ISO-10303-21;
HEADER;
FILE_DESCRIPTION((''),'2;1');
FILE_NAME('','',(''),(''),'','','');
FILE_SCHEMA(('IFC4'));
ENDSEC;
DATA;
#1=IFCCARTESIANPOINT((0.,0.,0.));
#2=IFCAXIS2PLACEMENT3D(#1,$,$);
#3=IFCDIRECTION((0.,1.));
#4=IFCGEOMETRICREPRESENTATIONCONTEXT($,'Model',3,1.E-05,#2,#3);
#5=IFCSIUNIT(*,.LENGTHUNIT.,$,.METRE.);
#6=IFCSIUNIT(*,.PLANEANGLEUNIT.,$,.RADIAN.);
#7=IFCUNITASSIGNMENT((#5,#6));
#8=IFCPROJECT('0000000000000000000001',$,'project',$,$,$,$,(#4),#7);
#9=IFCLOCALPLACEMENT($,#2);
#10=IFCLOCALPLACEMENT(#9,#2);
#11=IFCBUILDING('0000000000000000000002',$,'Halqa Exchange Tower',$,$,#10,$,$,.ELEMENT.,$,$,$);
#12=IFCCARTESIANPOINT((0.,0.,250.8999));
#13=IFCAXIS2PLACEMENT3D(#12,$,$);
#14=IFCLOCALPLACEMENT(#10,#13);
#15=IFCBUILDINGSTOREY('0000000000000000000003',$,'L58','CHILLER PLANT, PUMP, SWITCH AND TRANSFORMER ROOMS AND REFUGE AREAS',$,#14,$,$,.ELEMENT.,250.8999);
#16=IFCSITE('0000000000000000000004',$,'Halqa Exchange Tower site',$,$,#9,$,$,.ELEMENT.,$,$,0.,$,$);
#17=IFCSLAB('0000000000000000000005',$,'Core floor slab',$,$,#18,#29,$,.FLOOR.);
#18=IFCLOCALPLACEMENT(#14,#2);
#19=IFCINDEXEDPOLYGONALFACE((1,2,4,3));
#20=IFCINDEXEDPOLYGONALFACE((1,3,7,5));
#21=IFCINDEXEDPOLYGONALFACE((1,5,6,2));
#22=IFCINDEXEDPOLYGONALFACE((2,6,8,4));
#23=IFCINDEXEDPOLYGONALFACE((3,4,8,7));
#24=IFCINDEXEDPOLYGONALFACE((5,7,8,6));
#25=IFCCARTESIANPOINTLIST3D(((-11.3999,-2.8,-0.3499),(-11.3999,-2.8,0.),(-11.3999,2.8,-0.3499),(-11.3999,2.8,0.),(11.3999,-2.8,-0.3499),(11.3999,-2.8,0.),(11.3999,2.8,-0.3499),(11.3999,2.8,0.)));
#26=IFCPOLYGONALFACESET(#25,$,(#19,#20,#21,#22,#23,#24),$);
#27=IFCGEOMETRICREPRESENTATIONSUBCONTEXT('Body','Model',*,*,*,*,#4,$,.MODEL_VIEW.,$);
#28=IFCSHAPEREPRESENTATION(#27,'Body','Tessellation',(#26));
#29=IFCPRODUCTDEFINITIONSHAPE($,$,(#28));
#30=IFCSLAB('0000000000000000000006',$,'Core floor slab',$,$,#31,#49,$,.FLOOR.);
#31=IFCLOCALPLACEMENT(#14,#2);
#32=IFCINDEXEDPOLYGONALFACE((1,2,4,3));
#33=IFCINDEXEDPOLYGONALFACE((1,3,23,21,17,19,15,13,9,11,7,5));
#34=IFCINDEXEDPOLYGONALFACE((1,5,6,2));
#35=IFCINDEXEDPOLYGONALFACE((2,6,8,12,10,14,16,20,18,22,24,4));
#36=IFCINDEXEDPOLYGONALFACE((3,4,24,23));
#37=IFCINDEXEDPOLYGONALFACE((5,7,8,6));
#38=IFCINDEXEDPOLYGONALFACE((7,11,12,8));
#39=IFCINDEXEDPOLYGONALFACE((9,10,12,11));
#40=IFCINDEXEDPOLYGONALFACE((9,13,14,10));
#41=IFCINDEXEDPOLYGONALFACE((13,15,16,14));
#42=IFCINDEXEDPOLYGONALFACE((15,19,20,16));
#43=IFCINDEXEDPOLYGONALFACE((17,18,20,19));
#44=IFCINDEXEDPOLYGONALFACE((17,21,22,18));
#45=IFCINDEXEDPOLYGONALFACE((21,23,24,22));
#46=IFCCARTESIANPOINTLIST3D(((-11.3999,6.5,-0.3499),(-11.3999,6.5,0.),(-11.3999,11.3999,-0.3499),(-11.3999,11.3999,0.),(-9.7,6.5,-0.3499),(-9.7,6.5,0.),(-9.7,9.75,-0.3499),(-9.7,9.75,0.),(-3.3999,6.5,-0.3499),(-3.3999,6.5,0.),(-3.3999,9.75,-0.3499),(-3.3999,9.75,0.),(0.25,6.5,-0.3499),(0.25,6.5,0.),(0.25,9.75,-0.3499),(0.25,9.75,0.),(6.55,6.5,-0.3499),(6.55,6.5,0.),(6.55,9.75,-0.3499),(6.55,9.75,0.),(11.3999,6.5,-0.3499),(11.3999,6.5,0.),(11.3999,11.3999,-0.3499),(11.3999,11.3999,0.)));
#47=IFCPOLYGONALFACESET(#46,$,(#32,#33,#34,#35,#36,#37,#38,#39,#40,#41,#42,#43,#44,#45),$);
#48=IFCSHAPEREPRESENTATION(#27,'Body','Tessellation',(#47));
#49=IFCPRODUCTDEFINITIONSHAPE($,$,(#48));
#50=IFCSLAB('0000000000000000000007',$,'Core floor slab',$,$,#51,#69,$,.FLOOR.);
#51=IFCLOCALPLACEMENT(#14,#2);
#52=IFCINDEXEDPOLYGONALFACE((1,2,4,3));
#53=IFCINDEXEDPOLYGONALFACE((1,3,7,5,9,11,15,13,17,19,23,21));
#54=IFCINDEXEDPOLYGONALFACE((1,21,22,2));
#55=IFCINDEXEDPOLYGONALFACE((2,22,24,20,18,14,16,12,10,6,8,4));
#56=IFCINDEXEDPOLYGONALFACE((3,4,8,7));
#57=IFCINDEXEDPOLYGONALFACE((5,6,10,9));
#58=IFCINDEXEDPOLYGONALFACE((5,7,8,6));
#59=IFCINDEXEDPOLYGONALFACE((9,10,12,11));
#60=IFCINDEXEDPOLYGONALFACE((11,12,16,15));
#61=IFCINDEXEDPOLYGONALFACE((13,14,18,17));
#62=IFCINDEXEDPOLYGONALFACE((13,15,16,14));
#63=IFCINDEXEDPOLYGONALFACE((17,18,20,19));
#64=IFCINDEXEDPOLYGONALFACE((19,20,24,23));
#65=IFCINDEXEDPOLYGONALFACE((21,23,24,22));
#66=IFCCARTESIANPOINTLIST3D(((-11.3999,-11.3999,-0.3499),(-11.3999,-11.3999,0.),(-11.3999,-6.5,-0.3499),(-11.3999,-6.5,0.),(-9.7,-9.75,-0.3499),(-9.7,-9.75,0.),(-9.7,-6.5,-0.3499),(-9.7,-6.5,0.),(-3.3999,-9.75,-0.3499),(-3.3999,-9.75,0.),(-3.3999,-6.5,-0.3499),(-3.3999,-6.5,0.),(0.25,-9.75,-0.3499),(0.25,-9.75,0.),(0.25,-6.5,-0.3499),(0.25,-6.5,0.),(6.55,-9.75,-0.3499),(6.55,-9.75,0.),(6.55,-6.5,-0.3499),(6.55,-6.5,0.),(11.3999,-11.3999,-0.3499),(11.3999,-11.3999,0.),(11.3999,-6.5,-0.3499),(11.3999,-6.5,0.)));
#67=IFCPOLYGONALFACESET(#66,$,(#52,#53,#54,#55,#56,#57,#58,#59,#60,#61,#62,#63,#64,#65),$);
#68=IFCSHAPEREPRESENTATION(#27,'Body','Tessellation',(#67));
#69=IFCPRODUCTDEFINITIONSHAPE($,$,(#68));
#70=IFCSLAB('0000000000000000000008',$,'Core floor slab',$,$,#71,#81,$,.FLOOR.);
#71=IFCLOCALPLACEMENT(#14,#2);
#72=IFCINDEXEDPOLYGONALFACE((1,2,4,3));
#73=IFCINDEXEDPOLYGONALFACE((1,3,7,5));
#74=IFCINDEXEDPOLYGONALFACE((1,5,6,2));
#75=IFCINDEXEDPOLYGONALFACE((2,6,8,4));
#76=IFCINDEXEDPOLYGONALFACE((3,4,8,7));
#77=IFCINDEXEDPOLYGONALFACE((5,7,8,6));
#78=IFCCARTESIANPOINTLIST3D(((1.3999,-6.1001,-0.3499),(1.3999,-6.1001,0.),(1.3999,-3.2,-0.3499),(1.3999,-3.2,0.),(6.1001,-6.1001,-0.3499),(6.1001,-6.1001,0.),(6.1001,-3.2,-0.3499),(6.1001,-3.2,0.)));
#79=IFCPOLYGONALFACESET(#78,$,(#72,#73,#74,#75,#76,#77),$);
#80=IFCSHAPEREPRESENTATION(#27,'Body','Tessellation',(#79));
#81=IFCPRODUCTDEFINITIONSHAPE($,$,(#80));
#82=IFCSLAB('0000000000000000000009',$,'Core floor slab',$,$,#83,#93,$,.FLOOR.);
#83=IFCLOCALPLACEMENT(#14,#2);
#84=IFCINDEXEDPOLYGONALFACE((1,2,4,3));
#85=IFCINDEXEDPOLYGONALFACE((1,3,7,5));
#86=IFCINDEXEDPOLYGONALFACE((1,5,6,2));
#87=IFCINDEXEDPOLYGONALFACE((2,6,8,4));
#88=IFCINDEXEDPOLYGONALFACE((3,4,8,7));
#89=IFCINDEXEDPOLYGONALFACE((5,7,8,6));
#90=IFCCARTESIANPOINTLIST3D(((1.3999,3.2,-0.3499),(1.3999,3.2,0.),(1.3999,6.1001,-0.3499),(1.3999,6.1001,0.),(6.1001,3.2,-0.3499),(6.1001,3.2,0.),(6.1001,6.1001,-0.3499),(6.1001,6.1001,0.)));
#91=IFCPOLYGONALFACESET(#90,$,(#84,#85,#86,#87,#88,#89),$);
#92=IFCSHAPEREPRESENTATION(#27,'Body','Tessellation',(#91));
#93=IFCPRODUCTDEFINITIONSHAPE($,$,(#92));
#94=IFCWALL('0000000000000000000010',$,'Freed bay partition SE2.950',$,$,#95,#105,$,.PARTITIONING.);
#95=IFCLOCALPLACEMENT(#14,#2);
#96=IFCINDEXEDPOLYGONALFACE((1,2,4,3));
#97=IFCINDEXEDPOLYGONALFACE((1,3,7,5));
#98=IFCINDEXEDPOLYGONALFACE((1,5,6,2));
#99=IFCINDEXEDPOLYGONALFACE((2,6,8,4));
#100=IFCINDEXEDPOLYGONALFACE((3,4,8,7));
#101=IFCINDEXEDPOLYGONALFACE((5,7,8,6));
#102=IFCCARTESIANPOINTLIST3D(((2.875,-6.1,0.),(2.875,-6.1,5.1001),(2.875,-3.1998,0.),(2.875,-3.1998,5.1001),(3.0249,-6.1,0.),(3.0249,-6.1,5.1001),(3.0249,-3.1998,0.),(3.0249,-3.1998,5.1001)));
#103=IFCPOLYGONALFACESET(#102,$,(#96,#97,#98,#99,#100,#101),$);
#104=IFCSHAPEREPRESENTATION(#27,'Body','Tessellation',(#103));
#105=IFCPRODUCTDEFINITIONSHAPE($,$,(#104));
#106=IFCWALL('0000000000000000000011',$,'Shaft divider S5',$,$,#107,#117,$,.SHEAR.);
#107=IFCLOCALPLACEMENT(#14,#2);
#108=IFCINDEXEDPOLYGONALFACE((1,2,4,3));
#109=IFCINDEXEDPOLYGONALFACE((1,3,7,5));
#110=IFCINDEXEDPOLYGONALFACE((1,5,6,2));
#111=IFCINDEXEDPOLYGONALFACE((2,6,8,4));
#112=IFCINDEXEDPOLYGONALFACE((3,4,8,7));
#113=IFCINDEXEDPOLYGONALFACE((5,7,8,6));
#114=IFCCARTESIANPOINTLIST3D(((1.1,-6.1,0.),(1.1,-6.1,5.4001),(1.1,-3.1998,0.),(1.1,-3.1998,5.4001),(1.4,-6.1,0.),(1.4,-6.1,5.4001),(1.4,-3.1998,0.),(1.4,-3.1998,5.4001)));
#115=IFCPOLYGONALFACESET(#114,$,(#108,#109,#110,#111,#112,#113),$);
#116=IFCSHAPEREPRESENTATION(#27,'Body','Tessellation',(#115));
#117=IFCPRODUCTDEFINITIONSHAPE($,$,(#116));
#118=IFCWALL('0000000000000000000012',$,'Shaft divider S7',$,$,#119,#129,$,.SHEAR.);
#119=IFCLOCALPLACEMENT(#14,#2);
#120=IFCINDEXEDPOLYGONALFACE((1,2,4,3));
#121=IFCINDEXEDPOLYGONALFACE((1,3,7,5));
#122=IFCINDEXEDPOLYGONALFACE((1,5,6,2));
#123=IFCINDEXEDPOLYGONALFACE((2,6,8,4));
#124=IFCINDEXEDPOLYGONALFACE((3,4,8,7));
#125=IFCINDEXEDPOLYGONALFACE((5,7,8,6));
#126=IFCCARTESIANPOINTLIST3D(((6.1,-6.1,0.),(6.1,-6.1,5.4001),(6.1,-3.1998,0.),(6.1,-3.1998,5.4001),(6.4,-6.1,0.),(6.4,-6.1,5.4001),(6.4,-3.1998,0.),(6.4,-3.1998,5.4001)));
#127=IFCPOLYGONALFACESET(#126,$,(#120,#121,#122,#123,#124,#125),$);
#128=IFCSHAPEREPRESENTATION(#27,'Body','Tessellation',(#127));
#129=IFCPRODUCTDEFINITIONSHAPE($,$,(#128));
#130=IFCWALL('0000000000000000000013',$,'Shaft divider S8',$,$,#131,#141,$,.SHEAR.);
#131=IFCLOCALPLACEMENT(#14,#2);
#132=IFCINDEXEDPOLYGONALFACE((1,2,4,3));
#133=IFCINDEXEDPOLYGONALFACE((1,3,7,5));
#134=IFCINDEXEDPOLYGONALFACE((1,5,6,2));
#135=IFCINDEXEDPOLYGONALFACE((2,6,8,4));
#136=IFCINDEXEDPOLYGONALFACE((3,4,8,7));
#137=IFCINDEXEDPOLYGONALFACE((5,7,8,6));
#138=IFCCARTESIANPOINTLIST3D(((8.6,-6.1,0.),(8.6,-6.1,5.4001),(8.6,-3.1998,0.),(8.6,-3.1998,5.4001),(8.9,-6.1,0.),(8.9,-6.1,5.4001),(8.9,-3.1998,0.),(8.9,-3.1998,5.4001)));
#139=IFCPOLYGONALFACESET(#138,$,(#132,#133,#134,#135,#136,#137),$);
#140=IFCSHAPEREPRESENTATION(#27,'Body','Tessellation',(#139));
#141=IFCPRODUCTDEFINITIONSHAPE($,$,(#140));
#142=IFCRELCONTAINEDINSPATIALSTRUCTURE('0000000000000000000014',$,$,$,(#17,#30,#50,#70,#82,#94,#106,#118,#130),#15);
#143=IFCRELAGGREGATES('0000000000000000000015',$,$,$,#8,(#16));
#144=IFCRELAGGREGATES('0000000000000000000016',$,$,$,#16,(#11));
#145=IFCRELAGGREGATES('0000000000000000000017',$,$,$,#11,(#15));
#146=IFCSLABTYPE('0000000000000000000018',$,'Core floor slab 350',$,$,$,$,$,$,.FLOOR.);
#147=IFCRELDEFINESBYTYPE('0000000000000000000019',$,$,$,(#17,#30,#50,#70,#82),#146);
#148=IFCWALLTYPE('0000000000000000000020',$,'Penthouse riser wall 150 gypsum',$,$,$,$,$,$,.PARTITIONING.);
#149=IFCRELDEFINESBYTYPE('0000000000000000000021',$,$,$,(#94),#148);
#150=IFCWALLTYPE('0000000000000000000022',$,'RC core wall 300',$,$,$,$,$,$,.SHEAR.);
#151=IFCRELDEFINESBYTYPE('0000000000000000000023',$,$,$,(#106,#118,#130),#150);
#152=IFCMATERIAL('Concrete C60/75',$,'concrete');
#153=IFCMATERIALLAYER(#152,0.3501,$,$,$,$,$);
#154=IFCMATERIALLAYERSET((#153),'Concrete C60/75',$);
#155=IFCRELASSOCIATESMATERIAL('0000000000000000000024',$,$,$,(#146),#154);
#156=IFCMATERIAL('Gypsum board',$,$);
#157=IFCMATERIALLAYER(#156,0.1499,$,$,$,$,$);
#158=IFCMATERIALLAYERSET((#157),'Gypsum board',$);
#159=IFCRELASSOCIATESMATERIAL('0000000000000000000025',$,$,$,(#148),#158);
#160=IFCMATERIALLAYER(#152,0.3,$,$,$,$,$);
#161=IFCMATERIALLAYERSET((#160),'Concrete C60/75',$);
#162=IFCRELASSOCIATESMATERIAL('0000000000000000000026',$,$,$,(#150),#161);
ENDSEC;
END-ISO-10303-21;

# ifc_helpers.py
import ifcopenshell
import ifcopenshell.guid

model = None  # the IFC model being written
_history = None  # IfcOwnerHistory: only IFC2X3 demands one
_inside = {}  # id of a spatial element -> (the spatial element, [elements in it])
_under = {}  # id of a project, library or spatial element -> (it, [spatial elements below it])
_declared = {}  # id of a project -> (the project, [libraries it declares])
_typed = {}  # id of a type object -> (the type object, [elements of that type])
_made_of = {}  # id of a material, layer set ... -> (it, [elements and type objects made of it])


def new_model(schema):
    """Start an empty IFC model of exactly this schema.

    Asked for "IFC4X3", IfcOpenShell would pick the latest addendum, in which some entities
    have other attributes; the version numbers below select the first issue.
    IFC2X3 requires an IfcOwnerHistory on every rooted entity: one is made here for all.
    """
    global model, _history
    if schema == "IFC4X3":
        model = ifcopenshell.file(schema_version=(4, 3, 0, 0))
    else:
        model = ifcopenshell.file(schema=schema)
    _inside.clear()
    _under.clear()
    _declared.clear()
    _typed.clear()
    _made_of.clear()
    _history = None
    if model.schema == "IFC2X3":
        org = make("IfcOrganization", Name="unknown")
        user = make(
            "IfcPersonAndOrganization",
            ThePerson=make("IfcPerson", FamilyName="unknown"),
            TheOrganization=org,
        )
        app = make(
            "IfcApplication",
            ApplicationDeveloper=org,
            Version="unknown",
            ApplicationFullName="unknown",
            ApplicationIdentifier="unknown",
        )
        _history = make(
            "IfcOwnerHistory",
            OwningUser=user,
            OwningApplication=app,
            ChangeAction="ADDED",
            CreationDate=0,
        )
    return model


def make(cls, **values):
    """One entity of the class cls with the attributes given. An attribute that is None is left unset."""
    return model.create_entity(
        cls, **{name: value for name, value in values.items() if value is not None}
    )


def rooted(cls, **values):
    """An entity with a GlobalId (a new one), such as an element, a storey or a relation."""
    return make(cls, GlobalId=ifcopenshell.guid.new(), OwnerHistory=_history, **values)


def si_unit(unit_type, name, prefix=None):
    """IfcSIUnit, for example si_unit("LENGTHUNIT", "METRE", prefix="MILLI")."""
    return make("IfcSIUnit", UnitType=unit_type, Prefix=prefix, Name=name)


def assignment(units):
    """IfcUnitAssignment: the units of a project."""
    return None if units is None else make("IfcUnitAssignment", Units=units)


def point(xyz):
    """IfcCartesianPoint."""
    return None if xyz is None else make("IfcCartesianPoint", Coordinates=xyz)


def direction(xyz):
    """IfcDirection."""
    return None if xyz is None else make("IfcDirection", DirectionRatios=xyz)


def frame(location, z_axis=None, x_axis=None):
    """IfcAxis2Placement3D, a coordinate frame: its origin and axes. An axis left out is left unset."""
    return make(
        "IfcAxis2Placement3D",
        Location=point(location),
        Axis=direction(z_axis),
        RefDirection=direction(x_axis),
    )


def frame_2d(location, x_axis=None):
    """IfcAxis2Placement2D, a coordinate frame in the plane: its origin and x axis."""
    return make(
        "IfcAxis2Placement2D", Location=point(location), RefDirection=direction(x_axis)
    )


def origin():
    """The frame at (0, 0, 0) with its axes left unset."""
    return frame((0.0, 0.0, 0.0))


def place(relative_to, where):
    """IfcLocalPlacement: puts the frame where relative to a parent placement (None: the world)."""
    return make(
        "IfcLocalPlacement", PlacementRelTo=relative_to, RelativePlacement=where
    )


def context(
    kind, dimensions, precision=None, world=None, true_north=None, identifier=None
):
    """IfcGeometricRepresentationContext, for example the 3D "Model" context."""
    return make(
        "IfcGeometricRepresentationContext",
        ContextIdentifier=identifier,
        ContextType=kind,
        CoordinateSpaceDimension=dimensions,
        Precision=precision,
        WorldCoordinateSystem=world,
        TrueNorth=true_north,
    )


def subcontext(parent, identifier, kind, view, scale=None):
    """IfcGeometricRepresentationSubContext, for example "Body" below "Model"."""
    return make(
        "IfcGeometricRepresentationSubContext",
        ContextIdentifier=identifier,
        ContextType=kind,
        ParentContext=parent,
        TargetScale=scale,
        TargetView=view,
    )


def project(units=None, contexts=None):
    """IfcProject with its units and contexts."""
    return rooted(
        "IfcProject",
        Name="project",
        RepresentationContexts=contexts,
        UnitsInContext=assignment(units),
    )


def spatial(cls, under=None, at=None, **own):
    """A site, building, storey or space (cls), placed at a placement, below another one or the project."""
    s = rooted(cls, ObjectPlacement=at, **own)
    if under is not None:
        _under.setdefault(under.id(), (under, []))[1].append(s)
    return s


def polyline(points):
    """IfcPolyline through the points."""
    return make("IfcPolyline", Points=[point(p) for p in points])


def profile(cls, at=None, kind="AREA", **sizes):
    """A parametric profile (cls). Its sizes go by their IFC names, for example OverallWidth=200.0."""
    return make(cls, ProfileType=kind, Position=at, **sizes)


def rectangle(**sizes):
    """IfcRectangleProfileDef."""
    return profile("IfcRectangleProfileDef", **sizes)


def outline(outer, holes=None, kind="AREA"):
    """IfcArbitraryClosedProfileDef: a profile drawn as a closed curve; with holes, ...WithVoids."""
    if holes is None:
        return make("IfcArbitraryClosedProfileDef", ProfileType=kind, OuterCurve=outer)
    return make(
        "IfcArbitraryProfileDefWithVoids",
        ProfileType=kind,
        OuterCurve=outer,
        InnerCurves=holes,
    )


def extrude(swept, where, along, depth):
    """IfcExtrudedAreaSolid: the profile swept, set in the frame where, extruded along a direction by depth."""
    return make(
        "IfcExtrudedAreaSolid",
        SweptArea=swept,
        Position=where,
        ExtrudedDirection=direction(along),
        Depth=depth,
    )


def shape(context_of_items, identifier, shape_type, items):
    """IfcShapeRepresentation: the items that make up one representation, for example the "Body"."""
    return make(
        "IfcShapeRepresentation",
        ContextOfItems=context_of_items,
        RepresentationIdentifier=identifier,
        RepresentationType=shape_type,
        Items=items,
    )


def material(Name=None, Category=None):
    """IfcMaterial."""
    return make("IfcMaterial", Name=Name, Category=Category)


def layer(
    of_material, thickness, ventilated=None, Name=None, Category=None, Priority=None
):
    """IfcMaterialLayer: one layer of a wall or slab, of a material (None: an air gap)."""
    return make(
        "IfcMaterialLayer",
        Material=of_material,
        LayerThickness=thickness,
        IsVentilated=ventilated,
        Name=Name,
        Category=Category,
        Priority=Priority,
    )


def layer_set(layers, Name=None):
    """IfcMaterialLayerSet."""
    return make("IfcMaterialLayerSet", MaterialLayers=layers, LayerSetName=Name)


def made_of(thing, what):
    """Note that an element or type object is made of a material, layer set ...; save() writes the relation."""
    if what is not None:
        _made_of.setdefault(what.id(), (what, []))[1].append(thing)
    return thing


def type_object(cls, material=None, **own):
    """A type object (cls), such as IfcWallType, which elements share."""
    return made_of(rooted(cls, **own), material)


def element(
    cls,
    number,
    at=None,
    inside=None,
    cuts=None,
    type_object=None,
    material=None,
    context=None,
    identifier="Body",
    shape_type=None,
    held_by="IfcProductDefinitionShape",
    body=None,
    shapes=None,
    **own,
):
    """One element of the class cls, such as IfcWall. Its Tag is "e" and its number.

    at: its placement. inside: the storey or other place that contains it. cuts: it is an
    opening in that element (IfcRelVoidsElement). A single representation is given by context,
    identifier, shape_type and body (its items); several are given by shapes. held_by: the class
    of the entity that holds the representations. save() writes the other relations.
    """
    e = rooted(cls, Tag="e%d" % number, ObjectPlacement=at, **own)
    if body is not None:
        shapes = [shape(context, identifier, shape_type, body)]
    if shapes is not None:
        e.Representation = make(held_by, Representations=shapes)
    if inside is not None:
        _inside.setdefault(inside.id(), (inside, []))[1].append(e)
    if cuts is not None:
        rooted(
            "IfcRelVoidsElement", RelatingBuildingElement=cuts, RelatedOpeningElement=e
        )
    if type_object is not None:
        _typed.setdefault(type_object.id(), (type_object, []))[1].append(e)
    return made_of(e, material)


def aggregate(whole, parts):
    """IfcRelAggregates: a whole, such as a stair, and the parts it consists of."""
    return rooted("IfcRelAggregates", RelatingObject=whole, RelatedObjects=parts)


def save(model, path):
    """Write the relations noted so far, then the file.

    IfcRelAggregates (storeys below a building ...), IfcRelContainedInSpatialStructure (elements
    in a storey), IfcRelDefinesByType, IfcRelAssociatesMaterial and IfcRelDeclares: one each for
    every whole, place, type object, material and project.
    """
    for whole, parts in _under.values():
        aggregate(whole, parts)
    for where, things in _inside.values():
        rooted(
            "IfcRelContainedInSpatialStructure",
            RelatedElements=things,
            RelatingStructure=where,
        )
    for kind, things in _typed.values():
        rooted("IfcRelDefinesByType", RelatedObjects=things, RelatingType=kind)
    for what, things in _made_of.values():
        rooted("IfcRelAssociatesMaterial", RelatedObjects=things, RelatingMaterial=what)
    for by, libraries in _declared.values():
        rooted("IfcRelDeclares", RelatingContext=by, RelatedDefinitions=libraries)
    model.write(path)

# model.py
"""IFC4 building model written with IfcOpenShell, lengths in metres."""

from ifc_helpers import new_model, si_unit, direction, frame, frame_2d, origin, place, context, subcontext, project, spatial, polyline, rectangle, outline, extrude, material, layer, layer_set, type_object, element, save


model = new_model("IFC4")

# Units and contexts
model_context = context("Model", 3, precision=1e-05, world=origin(), true_north=direction((0.0, 1.0)))
body_context = subcontext(model_context, "Body", "Model", "MODEL_VIEW")
ifc_project = project(units=[si_unit("LENGTHUNIT", "METRE"), si_unit("PLANEANGLEUNIT", "RADIAN")], contexts=[model_context])

# Site, building, storey
site_placement = place(None, origin())
site = spatial("IfcSite", under=ifc_project, at=site_placement, Name="Halqa Exchange Tower site", CompositionType="ELEMENT", RefElevation=0.0)
building_placement = place(site_placement, origin())
building = spatial("IfcBuilding", under=site, at=building_placement, Name="Halqa Exchange Tower", CompositionType="ELEMENT")
storey_placement = place(building_placement, frame((0.0, 0.0, 250.8999)))
storey = spatial("IfcBuildingStorey", under=building, at=storey_placement, Name="L58", Description="CHILLER PLANT, PUMP, SWITCH AND TRANSFORMER ROOMS AND REFUGE AREAS", CompositionType="ELEMENT", Elevation=250.8999)

# Slabs
ifc_material_1 = material(Name="Concrete C60/75", Category="concrete")
ifc_layer_1 = layer(ifc_material_1, 0.3501)
ifc_layer_set_1 = layer_set([ifc_layer_1], Name="Concrete C60/75")
slab_type = type_object("IfcSlabType", Name="Core floor slab 350", PredefinedType="FLOOR", material=ifc_layer_set_1)
slab_1_placement = place(storey_placement, frame((0.0, 0.0, -0.3499)))
element("IfcSlab", 1, at=slab_1_placement, inside=storey, type_object=slab_type, Name="Core floor slab", PredefinedType="FLOOR", context=body_context, shape_type="SweptSolid", body=[
    extrude(outline(polyline([(-11.3999, 2.8), (11.3999, 2.8), (11.3999, -2.8), (-11.3999, -2.8), (-11.3999, 2.8)])), origin(), (0.0, 0.0, 1.0), 0.3499),
])
slab_2_placement = place(storey_placement, frame((0.0, 0.0, -0.3499)))
element("IfcSlab", 2, at=slab_2_placement, inside=storey, type_object=slab_type, Name="Core floor slab", PredefinedType="FLOOR", context=body_context, shape_type="SweptSolid", body=[
    extrude(outline(polyline([(-11.3999, 11.3999), (11.3999, 11.3999), (11.3999, 6.5), (6.55, 6.5), (6.55, 9.75), (0.25, 9.75), (0.25, 6.5), (-3.3999, 6.5), (-3.3999, 9.75), (-9.7, 9.75), (-9.7, 6.5), (-11.3999, 6.5), (-11.3999, 11.3999)])), origin(), (0.0, 0.0, 1.0), 0.3499),
])
slab_3_placement = place(storey_placement, frame((0.0, 0.0, -0.3499)))
element("IfcSlab", 3, at=slab_3_placement, inside=storey, type_object=slab_type, Name="Core floor slab", PredefinedType="FLOOR", context=body_context, shape_type="SweptSolid", body=[
    extrude(outline(polyline([(-9.7, -9.75), (-3.3999, -9.75), (-3.3999, -6.5), (0.25, -6.5), (0.25, -9.75), (6.55, -9.75), (6.55, -6.5), (11.3999, -6.5), (11.3999, -11.3999), (-11.3999, -11.3999), (-11.3999, -6.5), (-9.7, -6.5), (-9.7, -9.75)])), origin(), (0.0, 0.0, 1.0), 0.3499),
])
slab_4_placement = place(storey_placement, frame((0.0, 0.0, -0.3499)))
element("IfcSlab", 4, at=slab_4_placement, inside=storey, type_object=slab_type, Name="Core floor slab", PredefinedType="FLOOR", context=body_context, shape_type="SweptSolid", body=[
    extrude(outline(polyline([(6.1001, -3.2), (6.1001, -6.1001), (1.3999, -6.1001), (1.3999, -3.2), (6.1001, -3.2)])), origin(), (0.0, 0.0, 1.0), 0.3499),
])
slab_5_placement = place(storey_placement, frame((0.0, 0.0, -0.3499)))
element("IfcSlab", 5, at=slab_5_placement, inside=storey, type_object=slab_type, Name="Core floor slab", PredefinedType="FLOOR", context=body_context, shape_type="SweptSolid", body=[
    extrude(outline(polyline([(6.1001, 6.1001), (6.1001, 3.2), (1.3999, 3.2), (1.3999, 6.1001), (6.1001, 6.1001)])), origin(), (0.0, 0.0, 1.0), 0.3499),
])

# Walls
ifc_material_2 = material(Name="Gypsum board")
ifc_layer_2 = layer(ifc_material_2, 0.1499)
ifc_layer_set_2 = layer_set([ifc_layer_2], Name="Gypsum board")
wall_type_1 = type_object("IfcWallType", Name="Penthouse riser wall 150 gypsum", PredefinedType="PARTITIONING", material=ifc_layer_set_2)
wall_1_placement = place(storey_placement, frame((2.95, -6.1001, 0.0), z_axis=(0.0, 0.0, 1.0), x_axis=(0.0, 1.0, 0.0)))
element("IfcWall", 6, at=wall_1_placement, inside=storey, type_object=wall_type_1, Name="Freed bay partition SE2.950", PredefinedType="PARTITIONING", context=body_context, shape_type="SweptSolid", body=[
    extrude(rectangle(XDim=2.9001, YDim=0.1499, at=frame_2d((1.4502, 0.0))), origin(), (0.0, 0.0, 1.0), 5.1001),
])
ifc_layer_3 = layer(ifc_material_1, 0.3)
ifc_layer_set_3 = layer_set([ifc_layer_3], Name="Concrete C60/75")
wall_type_2 = type_object("IfcWallType", Name="RC core wall 300", PredefinedType="SHEAR", material=ifc_layer_set_3)
for number, where, z_axis, x_axis, name in (
    (7, (1.25, -6.1001, 0.0), (0.0, 0.0, 1.0), (0.0, 1.0, 0.0), "Shaft divider S5"),
    (8, (6.25, -6.1001, 0.0), (0.0, 0.0, 1.0), (0.0, 1.0, 0.0), "Shaft divider S7"),
    (9, (8.75, -6.1001, 0.0), (0.0, 0.0, 1.0), (0.0, 1.0, 0.0), "Shaft divider S8"),
):
    element("IfcWall", number, at=place(storey_placement, frame(where, z_axis=z_axis, x_axis=x_axis)), inside=storey, type_object=wall_type_2, Name=name, PredefinedType="SHEAR", context=body_context, shape_type="SweptSolid", body=[
        extrude(rectangle(XDim=2.9001, YDim=0.3, at=frame_2d((1.4502, 0.0))), origin(), (0.0, 0.0, 1.0), 5.4001),
    ])

save(model, "model.ifc")
